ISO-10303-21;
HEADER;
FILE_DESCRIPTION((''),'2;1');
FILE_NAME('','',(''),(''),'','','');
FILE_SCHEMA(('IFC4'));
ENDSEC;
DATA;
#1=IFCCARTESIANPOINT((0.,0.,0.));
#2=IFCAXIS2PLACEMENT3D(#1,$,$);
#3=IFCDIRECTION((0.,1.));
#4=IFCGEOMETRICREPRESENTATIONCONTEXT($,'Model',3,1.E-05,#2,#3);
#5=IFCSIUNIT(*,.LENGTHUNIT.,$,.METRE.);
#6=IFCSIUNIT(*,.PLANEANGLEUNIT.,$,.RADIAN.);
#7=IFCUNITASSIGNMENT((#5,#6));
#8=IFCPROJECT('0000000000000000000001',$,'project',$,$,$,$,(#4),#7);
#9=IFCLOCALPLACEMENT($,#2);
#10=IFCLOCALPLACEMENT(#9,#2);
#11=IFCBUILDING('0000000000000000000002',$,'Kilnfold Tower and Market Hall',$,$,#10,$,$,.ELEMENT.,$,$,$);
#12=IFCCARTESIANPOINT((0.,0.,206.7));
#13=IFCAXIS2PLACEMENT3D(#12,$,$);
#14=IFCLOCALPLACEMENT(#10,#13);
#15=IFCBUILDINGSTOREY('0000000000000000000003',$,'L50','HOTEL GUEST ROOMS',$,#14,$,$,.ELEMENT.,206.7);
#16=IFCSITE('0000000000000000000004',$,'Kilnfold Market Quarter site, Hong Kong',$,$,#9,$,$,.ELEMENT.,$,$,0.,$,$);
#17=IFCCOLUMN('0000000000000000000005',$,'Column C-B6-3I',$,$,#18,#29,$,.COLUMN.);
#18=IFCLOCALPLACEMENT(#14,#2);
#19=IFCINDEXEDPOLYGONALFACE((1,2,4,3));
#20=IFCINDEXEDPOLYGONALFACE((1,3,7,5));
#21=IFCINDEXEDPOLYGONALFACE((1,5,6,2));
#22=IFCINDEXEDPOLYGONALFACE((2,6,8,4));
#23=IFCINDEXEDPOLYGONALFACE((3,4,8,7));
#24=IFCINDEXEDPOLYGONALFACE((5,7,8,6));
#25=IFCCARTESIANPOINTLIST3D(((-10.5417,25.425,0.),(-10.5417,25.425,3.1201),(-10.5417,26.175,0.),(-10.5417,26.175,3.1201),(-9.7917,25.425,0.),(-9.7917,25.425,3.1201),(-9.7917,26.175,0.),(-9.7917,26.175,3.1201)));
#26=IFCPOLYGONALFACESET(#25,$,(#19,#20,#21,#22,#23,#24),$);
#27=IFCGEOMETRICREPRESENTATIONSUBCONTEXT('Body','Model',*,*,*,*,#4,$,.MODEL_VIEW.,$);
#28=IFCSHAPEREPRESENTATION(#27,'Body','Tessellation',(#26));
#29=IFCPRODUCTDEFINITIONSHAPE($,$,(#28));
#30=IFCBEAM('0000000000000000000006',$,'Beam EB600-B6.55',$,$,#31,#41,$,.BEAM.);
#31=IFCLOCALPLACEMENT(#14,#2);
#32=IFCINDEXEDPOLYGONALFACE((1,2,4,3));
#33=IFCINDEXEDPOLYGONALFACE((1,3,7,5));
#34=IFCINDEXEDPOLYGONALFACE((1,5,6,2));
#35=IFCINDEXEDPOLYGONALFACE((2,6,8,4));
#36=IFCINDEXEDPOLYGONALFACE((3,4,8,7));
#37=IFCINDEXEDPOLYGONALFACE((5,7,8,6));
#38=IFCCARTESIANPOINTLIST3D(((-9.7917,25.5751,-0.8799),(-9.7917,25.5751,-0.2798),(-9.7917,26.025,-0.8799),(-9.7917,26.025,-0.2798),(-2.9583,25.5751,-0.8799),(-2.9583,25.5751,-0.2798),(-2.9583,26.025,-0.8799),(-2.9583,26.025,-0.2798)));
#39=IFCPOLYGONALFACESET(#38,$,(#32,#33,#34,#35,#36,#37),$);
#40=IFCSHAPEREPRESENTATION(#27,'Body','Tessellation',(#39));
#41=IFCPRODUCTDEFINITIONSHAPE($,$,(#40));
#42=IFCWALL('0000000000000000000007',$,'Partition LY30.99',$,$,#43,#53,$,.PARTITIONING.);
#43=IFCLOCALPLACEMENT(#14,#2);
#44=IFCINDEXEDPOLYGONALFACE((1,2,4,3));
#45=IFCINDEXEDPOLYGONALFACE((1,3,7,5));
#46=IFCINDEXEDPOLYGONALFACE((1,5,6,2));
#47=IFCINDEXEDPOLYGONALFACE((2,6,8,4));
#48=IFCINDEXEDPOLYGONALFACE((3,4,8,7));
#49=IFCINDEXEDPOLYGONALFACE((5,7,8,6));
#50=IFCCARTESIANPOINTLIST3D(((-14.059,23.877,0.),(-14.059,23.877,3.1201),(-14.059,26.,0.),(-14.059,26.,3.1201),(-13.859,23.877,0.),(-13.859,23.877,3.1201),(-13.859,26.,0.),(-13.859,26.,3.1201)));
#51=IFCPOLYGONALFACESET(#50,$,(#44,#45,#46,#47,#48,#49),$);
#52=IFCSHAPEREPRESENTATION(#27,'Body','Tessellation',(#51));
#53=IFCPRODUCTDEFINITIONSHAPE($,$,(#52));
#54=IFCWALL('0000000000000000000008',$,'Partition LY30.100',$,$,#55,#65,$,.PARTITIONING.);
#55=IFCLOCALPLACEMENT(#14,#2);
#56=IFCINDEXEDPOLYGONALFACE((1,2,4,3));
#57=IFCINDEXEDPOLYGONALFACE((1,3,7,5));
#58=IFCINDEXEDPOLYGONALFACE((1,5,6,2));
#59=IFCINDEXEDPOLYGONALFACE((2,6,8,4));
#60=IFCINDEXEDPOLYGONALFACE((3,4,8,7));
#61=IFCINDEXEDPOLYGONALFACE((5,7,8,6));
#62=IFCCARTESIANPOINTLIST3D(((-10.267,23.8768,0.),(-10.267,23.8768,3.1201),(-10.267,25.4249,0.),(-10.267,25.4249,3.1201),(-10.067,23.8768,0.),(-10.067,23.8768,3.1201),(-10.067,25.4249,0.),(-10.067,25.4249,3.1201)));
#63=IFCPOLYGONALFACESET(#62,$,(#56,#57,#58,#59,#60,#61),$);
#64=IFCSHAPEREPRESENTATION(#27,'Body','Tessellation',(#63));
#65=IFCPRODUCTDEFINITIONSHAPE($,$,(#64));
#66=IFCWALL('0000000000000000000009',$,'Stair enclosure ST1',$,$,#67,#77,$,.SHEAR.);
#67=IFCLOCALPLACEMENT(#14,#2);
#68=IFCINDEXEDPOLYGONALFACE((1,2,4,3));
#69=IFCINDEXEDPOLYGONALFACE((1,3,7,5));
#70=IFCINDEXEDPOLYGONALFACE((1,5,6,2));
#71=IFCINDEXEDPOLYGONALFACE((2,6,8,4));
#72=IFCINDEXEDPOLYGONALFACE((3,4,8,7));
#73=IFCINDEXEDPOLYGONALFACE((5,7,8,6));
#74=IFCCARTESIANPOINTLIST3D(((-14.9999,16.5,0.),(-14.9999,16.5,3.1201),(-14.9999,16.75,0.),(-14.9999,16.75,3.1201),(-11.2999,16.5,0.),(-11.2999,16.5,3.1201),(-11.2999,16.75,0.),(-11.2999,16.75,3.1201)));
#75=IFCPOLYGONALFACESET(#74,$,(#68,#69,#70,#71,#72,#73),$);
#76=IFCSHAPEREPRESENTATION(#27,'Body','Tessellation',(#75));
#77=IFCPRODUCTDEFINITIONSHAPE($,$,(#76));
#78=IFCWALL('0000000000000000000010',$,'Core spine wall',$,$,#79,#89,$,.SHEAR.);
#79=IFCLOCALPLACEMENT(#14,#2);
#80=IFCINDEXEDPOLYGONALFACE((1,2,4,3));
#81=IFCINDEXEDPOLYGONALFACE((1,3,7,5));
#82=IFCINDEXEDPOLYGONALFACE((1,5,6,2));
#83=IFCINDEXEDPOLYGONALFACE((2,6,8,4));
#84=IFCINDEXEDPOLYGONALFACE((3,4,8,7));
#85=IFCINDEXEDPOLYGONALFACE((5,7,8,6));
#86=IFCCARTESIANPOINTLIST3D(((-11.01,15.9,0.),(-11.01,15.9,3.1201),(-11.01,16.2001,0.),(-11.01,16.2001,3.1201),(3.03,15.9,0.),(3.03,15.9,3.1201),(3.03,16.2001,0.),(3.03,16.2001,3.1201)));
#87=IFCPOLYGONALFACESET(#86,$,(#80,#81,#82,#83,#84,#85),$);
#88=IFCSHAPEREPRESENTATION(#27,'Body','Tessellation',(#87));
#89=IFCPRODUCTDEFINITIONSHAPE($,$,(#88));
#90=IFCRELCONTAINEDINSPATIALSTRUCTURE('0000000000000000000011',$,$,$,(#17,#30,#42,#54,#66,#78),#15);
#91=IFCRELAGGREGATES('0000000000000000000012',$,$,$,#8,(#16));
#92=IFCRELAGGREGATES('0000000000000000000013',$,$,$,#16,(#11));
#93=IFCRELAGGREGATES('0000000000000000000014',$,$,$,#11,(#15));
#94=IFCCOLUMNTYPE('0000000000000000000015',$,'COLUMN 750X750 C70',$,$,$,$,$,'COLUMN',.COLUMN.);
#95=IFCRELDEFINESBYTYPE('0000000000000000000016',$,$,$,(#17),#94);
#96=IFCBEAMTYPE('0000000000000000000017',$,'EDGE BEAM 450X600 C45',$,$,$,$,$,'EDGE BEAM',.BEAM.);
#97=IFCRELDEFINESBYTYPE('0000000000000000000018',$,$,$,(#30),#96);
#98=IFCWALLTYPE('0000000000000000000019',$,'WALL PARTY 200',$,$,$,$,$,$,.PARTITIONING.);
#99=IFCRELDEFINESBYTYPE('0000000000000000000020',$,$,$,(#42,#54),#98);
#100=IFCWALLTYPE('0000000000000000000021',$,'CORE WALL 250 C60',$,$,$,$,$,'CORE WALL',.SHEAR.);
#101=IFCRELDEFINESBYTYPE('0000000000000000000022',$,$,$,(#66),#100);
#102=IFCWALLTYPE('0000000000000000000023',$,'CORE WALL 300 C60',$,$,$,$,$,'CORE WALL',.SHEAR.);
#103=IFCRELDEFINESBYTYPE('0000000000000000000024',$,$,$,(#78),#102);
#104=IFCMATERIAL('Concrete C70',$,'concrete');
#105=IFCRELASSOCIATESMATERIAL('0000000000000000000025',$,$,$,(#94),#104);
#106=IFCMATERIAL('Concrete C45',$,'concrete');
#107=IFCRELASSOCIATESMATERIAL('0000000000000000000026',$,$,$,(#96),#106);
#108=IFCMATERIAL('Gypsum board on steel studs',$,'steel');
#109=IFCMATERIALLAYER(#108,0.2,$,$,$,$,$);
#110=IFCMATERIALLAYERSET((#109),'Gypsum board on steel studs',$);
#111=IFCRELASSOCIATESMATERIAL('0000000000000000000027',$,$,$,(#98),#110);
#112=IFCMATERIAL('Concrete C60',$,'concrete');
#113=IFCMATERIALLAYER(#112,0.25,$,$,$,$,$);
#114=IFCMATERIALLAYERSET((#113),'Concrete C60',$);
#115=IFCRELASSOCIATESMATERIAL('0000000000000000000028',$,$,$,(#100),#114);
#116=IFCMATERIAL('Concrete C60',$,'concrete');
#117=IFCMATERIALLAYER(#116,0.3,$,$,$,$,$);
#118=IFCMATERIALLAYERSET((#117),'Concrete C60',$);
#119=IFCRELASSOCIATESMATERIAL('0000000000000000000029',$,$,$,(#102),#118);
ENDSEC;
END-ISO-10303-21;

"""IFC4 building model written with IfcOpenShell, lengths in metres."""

from ifc_helpers import new_model, si_unit, direction, frame, frame_2d, origin, origin_2d, place, context, subcontext, project, spatial, rectangle, extrude, source, transform, mapped, material, layer, layer_set, material_profile, profile_set, type_object, element, save


model = new_model("IFC4")

# Units and contexts
model_context = context("Model", 3, precision=1e-05, world=origin(), true_north=direction((0.0, 1.0)))
body_context = subcontext(model_context, "Body", "Model", "MODEL_VIEW")
ifc_project = project(units=[si_unit("LENGTHUNIT", "METRE"), si_unit("PLANEANGLEUNIT", "RADIAN")], contexts=[model_context])

# Site, building, storey
site_placement = place(None, origin())
site = spatial("IfcSite", under=ifc_project, at=site_placement, Name="Kilnfold Market Quarter site, Hong Kong", CompositionType="ELEMENT", RefElevation=0.0)
building_placement = place(site_placement, origin())
building = spatial("IfcBuilding", under=site, at=building_placement, Name="Kilnfold Tower and Market Hall", CompositionType="ELEMENT")
storey_placement = place(building_placement, frame((0.0, 0.0, 206.7)))
storey = spatial("IfcBuildingStorey", under=building, at=storey_placement, Name="L50", Description="HOTEL GUEST ROOMS", CompositionType="ELEMENT", Elevation=206.7)

# Column
ifc_material_1 = material(Name="Concrete C70", Category="concrete")
ifc_material_profile_1 = material_profile(ifc_material_1, rectangle(XDim=0.75, YDim=0.75, at=origin_2d()), Name="RC 750x750")
ifc_profile_set_1 = profile_set([ifc_material_profile_1], Name="Concrete C70")
column_type = type_object("IfcColumnType", Name="COLUMN 750X750 C70", ElementType="COLUMN", PredefinedType="COLUMN", material=ifc_profile_set_1)
shared_shape_1 = source(origin(), body_context, "Body", "SweptSolid", [
    extrude(rectangle(XDim=0.75, YDim=0.75, at=origin_2d()), origin(), (0.0, 0.0, 1.0), 3.1201),
])
column_placement = place(storey_placement, frame((-10.1667, 25.8, 0.0), z_axis=(0.0, 0.0, 1.0), x_axis=(1.0, 0.0, 0.0)))
element("IfcColumn", 1, at=column_placement, inside=storey, type_object=column_type, Name="Column C-B6-3I", PredefinedType="COLUMN", context=body_context, shape_type="MappedRepresentation", body=[
    mapped(shared_shape_1, transform((0.0, 0.0, 0.0))),
])

# Beam
ifc_material_2 = material(Name="Concrete C45", Category="concrete")
ifc_material_profile_2 = material_profile(ifc_material_2, rectangle(XDim=0.45, YDim=0.6001, at=origin_2d()), Name="RC 450x600")
ifc_profile_set_2 = profile_set([ifc_material_profile_2], Name="Concrete C45")
beam_type = type_object("IfcBeamType", Name="EDGE BEAM 450X600 C45", ElementType="EDGE BEAM", PredefinedType="BEAM", material=ifc_profile_set_2)
shared_shape_2 = source(origin(), body_context, "Body", "SweptSolid", [
    extrude(rectangle(XDim=0.45, YDim=0.6001, at=origin_2d()), origin(), (0.0, 0.0, 1.0), 6.8335),
])
beam_placement = place(storey_placement, frame((-9.7917, 25.8, -0.5798), z_axis=(1.0, 0.0, 0.0), x_axis=(0.0, 1.0, 0.0)))
element("IfcBeam", 2, at=beam_placement, inside=storey, type_object=beam_type, Name="Beam EB600-B6.55", PredefinedType="BEAM", context=body_context, shape_type="MappedRepresentation", body=[
    mapped(shared_shape_2, transform((0.0, 0.0, 0.0))),
])

# Walls
ifc_material_3 = material(Name="Gypsum board on steel studs", Category="steel")
ifc_layer_1 = layer(ifc_material_3, 0.2)
ifc_layer_set_1 = layer_set([ifc_layer_1], Name="Gypsum board on steel studs")
wall_type_1 = type_object("IfcWallType", Name="WALL PARTY 200", PredefinedType="PARTITIONING", material=ifc_layer_set_1)
wall_1_placement = place(storey_placement, frame((-13.959, 23.877, 0.0), z_axis=(0.0, 0.0, 1.0), x_axis=(0.0, 1.0, 0.0)))
element("IfcWall", 3, at=wall_1_placement, inside=storey, type_object=wall_type_1, Name="Partition LY30.99", PredefinedType="PARTITIONING", context=body_context, shape_type="SweptSolid", body=[
    extrude(rectangle(XDim=2.123, YDim=0.2, at=frame_2d((1.0615, 0.0))), origin(), (0.0, 0.0, 1.0), 3.1201),
])
wall_2_placement = place(storey_placement, frame((-10.167, 23.877, 0.0), z_axis=(0.0, 0.0, 1.0), x_axis=(0.0, 1.0, 0.0)))
element("IfcWall", 4, at=wall_2_placement, inside=storey, type_object=wall_type_1, Name="Partition LY30.100", PredefinedType="PARTITIONING", context=body_context, shape_type="SweptSolid", body=[
    extrude(rectangle(XDim=1.5481, YDim=0.2, at=frame_2d((0.7739, 0.0))), origin(), (0.0, 0.0, 1.0), 3.1201),
])
ifc_material_4 = material(Name="Concrete C60", Category="concrete")
ifc_layer_2 = layer(ifc_material_4, 0.25)
ifc_layer_set_2 = layer_set([ifc_layer_2], Name="Concrete C60")
wall_type_2 = type_object("IfcWallType", Name="CORE WALL 250 C60", ElementType="CORE WALL", PredefinedType="SHEAR", material=ifc_layer_set_2)
shared_shape_3 = source(origin(), body_context, "Body", "SweptSolid", [
    extrude(rectangle(XDim=3.7, YDim=0.25, at=frame_2d((1.8501, 0.0))), origin(), (0.0, 0.0, 1.0), 3.1201),
])
wall_3_placement = place(storey_placement, frame((-15.0, 16.625, 0.0), z_axis=(0.0, 0.0, 1.0), x_axis=(1.0, 0.0, 0.0)))
element("IfcWall", 5, at=wall_3_placement, inside=storey, type_object=wall_type_2, Name="Stair enclosure ST1", PredefinedType="SHEAR", context=body_context, shape_type="MappedRepresentation", body=[
    mapped(shared_shape_3, transform((0.0, 0.0, 0.0))),
])
ifc_material_5 = material(Name="Concrete C60", Category="concrete")
ifc_layer_3 = layer(ifc_material_5, 0.3)
ifc_layer_set_3 = layer_set([ifc_layer_3], Name="Concrete C60")
wall_type_3 = type_object("IfcWallType", Name="CORE WALL 300 C60", ElementType="CORE WALL", PredefinedType="SHEAR", material=ifc_layer_set_3)
shared_shape_4 = source(origin(), body_context, "Body", "SweptSolid", [
    extrude(rectangle(XDim=14.04, YDim=0.3, at=frame_2d((7.02, 0.0))), origin(), (0.0, 0.0, 1.0), 3.1201),
])
wall_4_placement = place(storey_placement, frame((-11.01, 16.05, 0.0), z_axis=(0.0, 0.0, 1.0), x_axis=(1.0, 0.0, 0.0)))
element("IfcWall", 6, at=wall_4_placement, inside=storey, type_object=wall_type_3, Name="Core spine wall", PredefinedType="SHEAR", context=body_context, shape_type="MappedRepresentation", body=[
    mapped(shared_shape_4, transform((0.0, 0.0, 0.0))),
])

save(model, "model.ifc")
